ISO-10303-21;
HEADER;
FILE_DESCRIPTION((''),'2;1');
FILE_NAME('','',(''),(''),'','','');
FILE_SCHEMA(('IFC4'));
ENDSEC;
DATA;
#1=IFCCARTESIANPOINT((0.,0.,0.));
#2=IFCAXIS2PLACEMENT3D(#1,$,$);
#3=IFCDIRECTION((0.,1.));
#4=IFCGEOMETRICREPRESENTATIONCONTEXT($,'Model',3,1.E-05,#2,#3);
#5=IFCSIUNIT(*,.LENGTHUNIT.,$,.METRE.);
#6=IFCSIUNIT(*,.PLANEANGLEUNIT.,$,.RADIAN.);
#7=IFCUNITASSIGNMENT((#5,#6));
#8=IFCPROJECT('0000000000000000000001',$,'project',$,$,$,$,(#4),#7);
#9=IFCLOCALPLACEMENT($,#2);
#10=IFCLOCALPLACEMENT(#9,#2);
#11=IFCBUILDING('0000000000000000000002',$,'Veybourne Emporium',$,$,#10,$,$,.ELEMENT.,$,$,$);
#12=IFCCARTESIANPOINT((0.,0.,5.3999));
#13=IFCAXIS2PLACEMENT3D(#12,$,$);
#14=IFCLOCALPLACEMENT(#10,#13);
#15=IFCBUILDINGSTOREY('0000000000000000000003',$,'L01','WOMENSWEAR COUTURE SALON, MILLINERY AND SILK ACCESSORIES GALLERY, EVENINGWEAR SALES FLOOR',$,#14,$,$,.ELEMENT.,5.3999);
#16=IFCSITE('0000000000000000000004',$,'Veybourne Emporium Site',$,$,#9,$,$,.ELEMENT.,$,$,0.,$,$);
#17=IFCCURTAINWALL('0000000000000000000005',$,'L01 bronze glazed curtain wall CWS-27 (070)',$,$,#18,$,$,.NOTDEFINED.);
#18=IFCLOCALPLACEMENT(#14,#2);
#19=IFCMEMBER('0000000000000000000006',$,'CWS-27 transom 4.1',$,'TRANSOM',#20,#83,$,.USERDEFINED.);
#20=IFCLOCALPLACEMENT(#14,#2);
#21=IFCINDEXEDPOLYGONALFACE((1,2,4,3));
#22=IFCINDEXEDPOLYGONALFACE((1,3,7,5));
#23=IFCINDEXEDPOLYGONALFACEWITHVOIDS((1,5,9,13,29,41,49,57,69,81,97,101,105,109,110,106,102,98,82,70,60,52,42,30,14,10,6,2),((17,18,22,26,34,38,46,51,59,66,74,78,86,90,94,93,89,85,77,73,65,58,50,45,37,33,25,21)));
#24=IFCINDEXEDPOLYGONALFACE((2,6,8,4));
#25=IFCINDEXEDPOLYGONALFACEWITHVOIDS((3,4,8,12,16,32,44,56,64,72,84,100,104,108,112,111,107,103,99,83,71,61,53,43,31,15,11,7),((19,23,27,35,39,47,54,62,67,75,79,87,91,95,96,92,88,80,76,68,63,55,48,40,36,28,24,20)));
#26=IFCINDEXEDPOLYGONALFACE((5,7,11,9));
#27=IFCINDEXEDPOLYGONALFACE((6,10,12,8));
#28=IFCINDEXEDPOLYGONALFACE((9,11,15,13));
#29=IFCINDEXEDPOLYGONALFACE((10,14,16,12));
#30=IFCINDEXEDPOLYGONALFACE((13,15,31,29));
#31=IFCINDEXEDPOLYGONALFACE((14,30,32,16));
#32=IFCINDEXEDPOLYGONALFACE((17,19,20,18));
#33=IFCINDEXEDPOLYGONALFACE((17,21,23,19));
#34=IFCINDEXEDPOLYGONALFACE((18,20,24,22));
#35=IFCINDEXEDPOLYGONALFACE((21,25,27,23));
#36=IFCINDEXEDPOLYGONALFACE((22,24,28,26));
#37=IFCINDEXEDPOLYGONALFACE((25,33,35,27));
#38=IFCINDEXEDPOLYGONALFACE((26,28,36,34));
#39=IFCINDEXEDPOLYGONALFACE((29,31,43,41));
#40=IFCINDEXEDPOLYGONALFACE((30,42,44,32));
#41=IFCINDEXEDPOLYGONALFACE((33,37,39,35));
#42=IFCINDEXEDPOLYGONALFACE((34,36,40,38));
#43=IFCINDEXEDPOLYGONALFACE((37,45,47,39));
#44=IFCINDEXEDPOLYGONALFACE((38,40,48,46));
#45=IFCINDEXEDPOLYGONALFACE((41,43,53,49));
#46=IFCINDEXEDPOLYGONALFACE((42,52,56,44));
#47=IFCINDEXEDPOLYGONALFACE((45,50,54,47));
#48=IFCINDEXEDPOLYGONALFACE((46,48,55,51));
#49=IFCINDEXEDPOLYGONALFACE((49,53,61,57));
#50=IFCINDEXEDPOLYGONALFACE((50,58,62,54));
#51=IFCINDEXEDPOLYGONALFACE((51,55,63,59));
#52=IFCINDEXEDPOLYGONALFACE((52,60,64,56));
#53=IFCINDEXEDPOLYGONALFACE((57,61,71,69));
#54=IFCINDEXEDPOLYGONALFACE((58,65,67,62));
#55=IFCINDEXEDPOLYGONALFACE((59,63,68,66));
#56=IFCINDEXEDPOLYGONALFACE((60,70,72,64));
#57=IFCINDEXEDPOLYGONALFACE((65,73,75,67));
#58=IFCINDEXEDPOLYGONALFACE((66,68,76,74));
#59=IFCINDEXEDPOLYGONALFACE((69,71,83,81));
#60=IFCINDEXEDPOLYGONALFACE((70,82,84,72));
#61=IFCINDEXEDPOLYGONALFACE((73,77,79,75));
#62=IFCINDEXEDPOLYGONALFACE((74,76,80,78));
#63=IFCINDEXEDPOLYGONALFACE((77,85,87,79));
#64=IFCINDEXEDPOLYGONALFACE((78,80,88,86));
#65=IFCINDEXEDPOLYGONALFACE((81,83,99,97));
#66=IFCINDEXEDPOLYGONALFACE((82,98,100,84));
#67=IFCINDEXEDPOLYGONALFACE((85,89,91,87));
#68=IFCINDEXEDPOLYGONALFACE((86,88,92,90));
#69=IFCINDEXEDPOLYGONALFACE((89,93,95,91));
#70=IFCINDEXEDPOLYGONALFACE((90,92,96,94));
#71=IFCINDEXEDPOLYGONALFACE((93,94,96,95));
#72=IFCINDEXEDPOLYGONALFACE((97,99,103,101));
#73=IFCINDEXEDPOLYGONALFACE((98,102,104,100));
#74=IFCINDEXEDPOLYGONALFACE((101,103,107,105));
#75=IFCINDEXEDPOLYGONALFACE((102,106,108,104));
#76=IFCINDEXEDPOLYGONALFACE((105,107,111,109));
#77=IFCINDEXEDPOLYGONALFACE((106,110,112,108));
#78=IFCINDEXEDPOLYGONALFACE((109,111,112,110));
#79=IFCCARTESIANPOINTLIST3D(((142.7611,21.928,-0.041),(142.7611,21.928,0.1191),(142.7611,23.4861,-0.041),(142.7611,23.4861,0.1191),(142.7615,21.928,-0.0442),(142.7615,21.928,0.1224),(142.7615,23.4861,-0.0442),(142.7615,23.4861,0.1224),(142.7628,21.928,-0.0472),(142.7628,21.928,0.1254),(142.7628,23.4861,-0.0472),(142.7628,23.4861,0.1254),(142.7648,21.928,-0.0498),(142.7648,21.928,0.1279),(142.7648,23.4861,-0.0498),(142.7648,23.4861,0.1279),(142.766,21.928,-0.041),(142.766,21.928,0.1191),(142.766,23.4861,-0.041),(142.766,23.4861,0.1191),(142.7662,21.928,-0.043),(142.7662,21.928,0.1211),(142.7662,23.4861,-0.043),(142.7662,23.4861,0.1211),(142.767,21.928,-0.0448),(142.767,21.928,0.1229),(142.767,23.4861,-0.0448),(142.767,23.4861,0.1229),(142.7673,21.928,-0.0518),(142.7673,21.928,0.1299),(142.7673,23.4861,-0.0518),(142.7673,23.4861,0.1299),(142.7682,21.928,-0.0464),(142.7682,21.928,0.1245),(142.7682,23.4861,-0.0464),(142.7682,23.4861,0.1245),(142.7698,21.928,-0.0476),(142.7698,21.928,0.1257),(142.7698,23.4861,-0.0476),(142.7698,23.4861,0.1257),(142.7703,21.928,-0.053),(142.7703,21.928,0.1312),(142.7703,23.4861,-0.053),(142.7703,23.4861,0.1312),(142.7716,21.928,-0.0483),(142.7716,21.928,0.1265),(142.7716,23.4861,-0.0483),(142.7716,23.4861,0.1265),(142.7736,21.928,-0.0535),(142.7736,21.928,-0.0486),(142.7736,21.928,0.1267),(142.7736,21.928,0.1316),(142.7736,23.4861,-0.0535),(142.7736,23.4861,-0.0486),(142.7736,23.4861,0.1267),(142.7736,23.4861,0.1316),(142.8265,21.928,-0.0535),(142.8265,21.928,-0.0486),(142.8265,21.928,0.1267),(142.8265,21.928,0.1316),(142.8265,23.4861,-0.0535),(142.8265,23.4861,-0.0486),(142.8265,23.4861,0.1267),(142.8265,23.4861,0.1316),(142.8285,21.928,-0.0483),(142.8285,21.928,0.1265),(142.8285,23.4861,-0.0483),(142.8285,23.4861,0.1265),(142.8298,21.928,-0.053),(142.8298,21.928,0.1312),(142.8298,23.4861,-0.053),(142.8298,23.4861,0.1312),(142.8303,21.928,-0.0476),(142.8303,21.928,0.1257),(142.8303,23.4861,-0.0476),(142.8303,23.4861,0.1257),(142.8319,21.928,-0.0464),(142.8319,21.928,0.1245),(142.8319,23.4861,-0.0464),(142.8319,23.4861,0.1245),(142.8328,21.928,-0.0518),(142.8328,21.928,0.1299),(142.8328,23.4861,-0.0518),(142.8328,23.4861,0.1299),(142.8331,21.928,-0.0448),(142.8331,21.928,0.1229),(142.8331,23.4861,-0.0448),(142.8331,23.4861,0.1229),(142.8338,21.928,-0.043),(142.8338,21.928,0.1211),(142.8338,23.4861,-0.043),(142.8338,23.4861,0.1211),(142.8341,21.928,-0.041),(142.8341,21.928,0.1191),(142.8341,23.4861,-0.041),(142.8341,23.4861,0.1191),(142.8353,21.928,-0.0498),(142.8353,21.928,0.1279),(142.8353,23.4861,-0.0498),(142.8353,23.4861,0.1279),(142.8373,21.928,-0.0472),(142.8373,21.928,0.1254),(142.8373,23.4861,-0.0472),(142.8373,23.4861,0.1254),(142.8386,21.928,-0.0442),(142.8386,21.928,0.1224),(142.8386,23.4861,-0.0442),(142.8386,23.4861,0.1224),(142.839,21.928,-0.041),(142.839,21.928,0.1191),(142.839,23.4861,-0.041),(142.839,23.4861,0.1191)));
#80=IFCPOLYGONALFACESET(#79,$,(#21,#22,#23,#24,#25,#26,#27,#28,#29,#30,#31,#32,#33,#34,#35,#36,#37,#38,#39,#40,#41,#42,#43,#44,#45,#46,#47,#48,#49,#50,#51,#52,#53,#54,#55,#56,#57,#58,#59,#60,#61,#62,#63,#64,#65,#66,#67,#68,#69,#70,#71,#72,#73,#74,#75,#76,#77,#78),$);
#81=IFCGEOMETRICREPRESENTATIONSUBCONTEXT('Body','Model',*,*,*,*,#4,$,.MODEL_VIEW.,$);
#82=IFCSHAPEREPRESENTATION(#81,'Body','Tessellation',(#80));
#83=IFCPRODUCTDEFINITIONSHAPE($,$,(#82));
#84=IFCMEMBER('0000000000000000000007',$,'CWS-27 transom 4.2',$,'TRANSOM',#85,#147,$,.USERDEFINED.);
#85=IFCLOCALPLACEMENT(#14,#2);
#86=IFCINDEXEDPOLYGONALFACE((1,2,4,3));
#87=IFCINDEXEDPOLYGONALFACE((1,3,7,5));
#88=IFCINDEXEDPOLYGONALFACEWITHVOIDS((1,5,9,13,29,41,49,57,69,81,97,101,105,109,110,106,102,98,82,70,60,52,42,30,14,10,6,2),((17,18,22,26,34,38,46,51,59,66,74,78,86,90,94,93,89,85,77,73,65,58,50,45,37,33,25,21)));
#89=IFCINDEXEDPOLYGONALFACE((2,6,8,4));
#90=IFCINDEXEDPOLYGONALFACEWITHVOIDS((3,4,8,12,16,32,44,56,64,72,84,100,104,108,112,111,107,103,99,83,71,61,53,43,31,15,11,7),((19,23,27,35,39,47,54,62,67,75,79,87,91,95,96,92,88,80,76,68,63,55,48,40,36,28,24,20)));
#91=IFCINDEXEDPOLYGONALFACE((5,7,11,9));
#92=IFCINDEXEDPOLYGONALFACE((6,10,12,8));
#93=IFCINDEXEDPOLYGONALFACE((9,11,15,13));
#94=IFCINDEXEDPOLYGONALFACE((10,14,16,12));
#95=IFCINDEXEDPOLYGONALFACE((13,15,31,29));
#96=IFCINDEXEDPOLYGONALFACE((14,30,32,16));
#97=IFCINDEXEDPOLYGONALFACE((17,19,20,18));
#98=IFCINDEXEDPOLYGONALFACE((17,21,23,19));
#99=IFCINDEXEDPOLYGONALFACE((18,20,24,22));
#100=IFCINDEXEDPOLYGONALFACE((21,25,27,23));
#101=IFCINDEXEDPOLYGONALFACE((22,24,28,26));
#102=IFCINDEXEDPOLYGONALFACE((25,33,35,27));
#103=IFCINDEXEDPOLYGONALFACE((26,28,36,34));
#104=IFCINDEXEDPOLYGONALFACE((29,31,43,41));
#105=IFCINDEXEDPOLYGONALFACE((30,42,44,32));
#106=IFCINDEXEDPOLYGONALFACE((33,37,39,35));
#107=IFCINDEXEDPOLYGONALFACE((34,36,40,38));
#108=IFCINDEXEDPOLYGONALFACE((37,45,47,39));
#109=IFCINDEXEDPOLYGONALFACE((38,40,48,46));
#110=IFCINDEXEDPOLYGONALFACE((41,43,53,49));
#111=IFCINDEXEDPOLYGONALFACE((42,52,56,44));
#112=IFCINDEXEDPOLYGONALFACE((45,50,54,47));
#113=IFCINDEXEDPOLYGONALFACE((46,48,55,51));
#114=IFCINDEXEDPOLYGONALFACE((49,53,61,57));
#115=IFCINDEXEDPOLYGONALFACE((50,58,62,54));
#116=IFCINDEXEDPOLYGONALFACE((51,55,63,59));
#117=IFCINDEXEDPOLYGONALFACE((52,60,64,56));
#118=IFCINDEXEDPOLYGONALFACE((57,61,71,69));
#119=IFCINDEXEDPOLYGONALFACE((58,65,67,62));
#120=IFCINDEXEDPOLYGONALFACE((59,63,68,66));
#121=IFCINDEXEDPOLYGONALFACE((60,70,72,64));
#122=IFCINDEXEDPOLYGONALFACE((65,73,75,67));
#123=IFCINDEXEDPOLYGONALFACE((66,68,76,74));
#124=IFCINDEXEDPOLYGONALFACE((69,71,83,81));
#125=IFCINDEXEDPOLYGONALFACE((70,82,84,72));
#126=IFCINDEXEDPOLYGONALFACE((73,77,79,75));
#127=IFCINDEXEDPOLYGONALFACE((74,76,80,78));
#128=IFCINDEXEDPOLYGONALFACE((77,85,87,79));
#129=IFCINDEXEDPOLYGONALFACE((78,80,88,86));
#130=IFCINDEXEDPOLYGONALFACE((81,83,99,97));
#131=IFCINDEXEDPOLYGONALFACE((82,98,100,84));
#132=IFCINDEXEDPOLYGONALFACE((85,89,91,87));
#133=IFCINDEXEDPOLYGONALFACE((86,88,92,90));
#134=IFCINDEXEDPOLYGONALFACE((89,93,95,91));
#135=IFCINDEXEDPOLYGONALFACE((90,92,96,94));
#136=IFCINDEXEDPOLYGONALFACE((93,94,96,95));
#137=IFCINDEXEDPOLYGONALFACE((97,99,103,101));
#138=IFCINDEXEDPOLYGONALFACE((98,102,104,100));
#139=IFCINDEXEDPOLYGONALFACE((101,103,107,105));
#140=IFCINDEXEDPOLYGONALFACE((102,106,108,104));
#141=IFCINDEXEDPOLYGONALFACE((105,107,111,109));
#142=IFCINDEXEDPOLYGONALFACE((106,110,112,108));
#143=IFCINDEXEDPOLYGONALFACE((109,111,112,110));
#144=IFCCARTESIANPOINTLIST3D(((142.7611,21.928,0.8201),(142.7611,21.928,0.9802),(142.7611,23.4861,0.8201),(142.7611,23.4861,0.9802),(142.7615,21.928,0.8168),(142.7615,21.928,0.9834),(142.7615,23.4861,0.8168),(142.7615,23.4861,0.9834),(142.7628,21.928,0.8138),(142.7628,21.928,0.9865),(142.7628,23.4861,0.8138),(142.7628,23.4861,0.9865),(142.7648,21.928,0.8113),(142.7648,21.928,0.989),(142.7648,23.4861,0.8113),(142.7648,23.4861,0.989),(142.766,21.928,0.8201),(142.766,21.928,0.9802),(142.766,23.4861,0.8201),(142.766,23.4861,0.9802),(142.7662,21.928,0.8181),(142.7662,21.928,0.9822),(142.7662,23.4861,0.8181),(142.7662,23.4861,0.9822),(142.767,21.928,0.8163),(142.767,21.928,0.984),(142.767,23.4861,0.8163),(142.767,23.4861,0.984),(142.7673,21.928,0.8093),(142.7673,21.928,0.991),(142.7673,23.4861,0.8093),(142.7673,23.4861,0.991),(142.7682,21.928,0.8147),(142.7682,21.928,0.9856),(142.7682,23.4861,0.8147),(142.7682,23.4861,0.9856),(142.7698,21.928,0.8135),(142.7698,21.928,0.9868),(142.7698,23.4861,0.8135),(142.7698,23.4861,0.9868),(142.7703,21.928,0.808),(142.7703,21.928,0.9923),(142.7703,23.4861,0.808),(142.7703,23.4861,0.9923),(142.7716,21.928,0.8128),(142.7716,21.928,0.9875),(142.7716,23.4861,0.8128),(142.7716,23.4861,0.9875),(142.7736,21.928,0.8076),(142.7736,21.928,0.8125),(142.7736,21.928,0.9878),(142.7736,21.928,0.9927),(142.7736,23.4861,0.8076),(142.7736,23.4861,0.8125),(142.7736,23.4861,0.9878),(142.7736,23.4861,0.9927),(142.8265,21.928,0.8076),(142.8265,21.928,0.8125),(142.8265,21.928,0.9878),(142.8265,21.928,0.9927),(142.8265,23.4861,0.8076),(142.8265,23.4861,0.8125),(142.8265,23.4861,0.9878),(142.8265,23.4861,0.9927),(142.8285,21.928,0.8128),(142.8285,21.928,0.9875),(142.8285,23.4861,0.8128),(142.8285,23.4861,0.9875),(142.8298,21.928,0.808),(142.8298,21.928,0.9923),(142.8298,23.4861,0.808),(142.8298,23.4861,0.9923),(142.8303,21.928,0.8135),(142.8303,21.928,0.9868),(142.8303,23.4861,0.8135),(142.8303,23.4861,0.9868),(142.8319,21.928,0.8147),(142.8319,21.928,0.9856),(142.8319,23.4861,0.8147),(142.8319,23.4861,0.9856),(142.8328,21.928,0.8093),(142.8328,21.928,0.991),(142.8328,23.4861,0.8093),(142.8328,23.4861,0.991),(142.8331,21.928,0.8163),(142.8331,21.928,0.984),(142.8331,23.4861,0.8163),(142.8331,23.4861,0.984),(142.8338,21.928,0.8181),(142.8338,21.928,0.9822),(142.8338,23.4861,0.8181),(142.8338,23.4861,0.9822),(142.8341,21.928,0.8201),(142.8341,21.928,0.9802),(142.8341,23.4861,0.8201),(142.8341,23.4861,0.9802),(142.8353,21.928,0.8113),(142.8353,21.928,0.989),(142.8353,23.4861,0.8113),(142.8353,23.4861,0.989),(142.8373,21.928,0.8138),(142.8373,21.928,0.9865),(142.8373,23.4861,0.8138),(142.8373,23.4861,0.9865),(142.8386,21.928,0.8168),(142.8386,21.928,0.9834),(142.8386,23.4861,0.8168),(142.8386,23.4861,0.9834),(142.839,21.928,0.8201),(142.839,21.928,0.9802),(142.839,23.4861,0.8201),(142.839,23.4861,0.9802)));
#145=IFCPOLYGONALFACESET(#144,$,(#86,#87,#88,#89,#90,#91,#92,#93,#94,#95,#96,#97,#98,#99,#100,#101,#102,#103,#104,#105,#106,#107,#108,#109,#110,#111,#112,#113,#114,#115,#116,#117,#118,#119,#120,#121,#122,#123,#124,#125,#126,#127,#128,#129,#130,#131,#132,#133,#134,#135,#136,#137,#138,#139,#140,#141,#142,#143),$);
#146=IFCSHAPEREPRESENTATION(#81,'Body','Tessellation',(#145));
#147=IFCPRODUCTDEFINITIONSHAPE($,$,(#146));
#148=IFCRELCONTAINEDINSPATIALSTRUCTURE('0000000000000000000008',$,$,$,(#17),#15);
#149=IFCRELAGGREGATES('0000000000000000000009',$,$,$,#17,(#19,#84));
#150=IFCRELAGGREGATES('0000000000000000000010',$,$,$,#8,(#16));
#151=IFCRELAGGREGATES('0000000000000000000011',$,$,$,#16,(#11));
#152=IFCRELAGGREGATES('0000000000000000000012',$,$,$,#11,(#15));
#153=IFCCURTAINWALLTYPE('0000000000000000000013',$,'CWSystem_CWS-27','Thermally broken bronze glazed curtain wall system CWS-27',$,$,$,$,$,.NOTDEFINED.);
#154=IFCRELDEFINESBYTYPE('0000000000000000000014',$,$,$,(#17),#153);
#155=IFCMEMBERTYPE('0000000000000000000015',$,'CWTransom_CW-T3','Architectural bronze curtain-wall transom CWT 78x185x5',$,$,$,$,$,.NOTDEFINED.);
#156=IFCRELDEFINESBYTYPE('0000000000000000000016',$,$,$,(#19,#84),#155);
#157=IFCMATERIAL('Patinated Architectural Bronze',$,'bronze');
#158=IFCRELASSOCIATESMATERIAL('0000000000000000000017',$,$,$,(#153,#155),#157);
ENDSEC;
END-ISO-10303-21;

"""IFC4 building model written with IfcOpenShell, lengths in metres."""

from ifc_helpers import new_model, si_unit, direction, frame, origin, origin_2d, place, context, subcontext, project, spatial, hollow_rectangle, extrude, material, material_profile, profile_set, type_object, element, aggregate, save


model = new_model("IFC4")

# Units and contexts
model_context = context("Model", 3, precision=1e-05, world=origin(), true_north=direction((0.0, 1.0)))
body_context = subcontext(model_context, "Body", "Model", "MODEL_VIEW")
ifc_project = project(units=[si_unit("LENGTHUNIT", "METRE"), si_unit("PLANEANGLEUNIT", "RADIAN")], contexts=[model_context])

# Site, building, storey
site_placement = place(None, origin())
site = spatial("IfcSite", under=ifc_project, at=site_placement, Name="Veybourne Emporium Site", CompositionType="ELEMENT", RefElevation=0.0)
building_placement = place(site_placement, origin())
building = spatial("IfcBuilding", under=site, at=building_placement, Name="Veybourne Emporium", CompositionType="ELEMENT")
storey_placement = place(building_placement, frame((0.0, 0.0, 5.3999)))
storey = spatial("IfcBuildingStorey", under=building, at=storey_placement, Name="L01", Description="WOMENSWEAR COUTURE SALON, MILLINERY AND SILK ACCESSORIES GALLERY, EVENINGWEAR SALES FLOOR", CompositionType="ELEMENT", Elevation=5.3999)

# Curtain wall, members
ifc_material_1 = material(Name="Patinated Architectural Bronze", Category="bronze")
curtain_wall_type = type_object("IfcCurtainWallType", Name="CWSystem_CWS-27", Description="Thermally broken bronze glazed curtain wall system CWS-27", PredefinedType="NOTDEFINED", material=ifc_material_1)
curtain_wall_placement = place(storey_placement, origin())
curtain_wall = element("IfcCurtainWall", 1, at=curtain_wall_placement, inside=storey, type_object=curtain_wall_type, Name="L01 bronze glazed curtain wall CWS-27 (070)", PredefinedType="NOTDEFINED")
ifc_material_profile_1 = material_profile(ifc_material_1, hollow_rectangle(XDim=0.0779, YDim=0.1851, WallThickness=0.0049, InnerFilletRadius=0.0076, OuterFilletRadius=0.0125, at=origin_2d()), Name="CWT 78x185x5")
ifc_profile_set_1 = profile_set([ifc_material_profile_1], Name="Patinated Architectural Bronze")
member_type_1 = type_object("IfcMemberType", Name="CWTransom_CW-T3", Description="Architectural bronze curtain-wall transom CWT 78x185x5", PredefinedType="NOTDEFINED", material=ifc_profile_set_1)
member_1_placement = place(storey_placement, frame((142.8, 23.4861, 0.0391), z_axis=(0.0, -1.0, 0.0), x_axis=(1.0, 0.0, 0.0)))
member_1 = element("IfcMember", 2, at=member_1_placement, type_object=member_type_1, Name="CWS-27 transom 4.1", ObjectType="TRANSOM", PredefinedType="USERDEFINED", context=body_context, shape_type="SweptSolid", body=[
    extrude(hollow_rectangle(XDim=0.0779, YDim=0.1851, WallThickness=0.0049, InnerFilletRadius=0.0076, OuterFilletRadius=0.0125, at=origin_2d()), origin(), (0.0, 0.0, 1.0), 1.5581),
])
member_2_placement = place(storey_placement, frame((142.8, 23.4861, 0.9001), z_axis=(0.0, -1.0, 0.0), x_axis=(1.0, 0.0, 0.0)))
member_2 = element("IfcMember", 3, at=member_2_placement, type_object=member_type_1, Name="CWS-27 transom 4.2", ObjectType="TRANSOM", PredefinedType="USERDEFINED", context=body_context, shape_type="SweptSolid", body=[
    extrude(hollow_rectangle(XDim=0.0779, YDim=0.1851, WallThickness=0.0049, InnerFilletRadius=0.0076, OuterFilletRadius=0.0125, at=origin_2d()), origin(), (0.0, 0.0, 1.0), 1.5581),
])

aggregate(curtain_wall, [member_1, member_2])

save(model, "model.ifc")
